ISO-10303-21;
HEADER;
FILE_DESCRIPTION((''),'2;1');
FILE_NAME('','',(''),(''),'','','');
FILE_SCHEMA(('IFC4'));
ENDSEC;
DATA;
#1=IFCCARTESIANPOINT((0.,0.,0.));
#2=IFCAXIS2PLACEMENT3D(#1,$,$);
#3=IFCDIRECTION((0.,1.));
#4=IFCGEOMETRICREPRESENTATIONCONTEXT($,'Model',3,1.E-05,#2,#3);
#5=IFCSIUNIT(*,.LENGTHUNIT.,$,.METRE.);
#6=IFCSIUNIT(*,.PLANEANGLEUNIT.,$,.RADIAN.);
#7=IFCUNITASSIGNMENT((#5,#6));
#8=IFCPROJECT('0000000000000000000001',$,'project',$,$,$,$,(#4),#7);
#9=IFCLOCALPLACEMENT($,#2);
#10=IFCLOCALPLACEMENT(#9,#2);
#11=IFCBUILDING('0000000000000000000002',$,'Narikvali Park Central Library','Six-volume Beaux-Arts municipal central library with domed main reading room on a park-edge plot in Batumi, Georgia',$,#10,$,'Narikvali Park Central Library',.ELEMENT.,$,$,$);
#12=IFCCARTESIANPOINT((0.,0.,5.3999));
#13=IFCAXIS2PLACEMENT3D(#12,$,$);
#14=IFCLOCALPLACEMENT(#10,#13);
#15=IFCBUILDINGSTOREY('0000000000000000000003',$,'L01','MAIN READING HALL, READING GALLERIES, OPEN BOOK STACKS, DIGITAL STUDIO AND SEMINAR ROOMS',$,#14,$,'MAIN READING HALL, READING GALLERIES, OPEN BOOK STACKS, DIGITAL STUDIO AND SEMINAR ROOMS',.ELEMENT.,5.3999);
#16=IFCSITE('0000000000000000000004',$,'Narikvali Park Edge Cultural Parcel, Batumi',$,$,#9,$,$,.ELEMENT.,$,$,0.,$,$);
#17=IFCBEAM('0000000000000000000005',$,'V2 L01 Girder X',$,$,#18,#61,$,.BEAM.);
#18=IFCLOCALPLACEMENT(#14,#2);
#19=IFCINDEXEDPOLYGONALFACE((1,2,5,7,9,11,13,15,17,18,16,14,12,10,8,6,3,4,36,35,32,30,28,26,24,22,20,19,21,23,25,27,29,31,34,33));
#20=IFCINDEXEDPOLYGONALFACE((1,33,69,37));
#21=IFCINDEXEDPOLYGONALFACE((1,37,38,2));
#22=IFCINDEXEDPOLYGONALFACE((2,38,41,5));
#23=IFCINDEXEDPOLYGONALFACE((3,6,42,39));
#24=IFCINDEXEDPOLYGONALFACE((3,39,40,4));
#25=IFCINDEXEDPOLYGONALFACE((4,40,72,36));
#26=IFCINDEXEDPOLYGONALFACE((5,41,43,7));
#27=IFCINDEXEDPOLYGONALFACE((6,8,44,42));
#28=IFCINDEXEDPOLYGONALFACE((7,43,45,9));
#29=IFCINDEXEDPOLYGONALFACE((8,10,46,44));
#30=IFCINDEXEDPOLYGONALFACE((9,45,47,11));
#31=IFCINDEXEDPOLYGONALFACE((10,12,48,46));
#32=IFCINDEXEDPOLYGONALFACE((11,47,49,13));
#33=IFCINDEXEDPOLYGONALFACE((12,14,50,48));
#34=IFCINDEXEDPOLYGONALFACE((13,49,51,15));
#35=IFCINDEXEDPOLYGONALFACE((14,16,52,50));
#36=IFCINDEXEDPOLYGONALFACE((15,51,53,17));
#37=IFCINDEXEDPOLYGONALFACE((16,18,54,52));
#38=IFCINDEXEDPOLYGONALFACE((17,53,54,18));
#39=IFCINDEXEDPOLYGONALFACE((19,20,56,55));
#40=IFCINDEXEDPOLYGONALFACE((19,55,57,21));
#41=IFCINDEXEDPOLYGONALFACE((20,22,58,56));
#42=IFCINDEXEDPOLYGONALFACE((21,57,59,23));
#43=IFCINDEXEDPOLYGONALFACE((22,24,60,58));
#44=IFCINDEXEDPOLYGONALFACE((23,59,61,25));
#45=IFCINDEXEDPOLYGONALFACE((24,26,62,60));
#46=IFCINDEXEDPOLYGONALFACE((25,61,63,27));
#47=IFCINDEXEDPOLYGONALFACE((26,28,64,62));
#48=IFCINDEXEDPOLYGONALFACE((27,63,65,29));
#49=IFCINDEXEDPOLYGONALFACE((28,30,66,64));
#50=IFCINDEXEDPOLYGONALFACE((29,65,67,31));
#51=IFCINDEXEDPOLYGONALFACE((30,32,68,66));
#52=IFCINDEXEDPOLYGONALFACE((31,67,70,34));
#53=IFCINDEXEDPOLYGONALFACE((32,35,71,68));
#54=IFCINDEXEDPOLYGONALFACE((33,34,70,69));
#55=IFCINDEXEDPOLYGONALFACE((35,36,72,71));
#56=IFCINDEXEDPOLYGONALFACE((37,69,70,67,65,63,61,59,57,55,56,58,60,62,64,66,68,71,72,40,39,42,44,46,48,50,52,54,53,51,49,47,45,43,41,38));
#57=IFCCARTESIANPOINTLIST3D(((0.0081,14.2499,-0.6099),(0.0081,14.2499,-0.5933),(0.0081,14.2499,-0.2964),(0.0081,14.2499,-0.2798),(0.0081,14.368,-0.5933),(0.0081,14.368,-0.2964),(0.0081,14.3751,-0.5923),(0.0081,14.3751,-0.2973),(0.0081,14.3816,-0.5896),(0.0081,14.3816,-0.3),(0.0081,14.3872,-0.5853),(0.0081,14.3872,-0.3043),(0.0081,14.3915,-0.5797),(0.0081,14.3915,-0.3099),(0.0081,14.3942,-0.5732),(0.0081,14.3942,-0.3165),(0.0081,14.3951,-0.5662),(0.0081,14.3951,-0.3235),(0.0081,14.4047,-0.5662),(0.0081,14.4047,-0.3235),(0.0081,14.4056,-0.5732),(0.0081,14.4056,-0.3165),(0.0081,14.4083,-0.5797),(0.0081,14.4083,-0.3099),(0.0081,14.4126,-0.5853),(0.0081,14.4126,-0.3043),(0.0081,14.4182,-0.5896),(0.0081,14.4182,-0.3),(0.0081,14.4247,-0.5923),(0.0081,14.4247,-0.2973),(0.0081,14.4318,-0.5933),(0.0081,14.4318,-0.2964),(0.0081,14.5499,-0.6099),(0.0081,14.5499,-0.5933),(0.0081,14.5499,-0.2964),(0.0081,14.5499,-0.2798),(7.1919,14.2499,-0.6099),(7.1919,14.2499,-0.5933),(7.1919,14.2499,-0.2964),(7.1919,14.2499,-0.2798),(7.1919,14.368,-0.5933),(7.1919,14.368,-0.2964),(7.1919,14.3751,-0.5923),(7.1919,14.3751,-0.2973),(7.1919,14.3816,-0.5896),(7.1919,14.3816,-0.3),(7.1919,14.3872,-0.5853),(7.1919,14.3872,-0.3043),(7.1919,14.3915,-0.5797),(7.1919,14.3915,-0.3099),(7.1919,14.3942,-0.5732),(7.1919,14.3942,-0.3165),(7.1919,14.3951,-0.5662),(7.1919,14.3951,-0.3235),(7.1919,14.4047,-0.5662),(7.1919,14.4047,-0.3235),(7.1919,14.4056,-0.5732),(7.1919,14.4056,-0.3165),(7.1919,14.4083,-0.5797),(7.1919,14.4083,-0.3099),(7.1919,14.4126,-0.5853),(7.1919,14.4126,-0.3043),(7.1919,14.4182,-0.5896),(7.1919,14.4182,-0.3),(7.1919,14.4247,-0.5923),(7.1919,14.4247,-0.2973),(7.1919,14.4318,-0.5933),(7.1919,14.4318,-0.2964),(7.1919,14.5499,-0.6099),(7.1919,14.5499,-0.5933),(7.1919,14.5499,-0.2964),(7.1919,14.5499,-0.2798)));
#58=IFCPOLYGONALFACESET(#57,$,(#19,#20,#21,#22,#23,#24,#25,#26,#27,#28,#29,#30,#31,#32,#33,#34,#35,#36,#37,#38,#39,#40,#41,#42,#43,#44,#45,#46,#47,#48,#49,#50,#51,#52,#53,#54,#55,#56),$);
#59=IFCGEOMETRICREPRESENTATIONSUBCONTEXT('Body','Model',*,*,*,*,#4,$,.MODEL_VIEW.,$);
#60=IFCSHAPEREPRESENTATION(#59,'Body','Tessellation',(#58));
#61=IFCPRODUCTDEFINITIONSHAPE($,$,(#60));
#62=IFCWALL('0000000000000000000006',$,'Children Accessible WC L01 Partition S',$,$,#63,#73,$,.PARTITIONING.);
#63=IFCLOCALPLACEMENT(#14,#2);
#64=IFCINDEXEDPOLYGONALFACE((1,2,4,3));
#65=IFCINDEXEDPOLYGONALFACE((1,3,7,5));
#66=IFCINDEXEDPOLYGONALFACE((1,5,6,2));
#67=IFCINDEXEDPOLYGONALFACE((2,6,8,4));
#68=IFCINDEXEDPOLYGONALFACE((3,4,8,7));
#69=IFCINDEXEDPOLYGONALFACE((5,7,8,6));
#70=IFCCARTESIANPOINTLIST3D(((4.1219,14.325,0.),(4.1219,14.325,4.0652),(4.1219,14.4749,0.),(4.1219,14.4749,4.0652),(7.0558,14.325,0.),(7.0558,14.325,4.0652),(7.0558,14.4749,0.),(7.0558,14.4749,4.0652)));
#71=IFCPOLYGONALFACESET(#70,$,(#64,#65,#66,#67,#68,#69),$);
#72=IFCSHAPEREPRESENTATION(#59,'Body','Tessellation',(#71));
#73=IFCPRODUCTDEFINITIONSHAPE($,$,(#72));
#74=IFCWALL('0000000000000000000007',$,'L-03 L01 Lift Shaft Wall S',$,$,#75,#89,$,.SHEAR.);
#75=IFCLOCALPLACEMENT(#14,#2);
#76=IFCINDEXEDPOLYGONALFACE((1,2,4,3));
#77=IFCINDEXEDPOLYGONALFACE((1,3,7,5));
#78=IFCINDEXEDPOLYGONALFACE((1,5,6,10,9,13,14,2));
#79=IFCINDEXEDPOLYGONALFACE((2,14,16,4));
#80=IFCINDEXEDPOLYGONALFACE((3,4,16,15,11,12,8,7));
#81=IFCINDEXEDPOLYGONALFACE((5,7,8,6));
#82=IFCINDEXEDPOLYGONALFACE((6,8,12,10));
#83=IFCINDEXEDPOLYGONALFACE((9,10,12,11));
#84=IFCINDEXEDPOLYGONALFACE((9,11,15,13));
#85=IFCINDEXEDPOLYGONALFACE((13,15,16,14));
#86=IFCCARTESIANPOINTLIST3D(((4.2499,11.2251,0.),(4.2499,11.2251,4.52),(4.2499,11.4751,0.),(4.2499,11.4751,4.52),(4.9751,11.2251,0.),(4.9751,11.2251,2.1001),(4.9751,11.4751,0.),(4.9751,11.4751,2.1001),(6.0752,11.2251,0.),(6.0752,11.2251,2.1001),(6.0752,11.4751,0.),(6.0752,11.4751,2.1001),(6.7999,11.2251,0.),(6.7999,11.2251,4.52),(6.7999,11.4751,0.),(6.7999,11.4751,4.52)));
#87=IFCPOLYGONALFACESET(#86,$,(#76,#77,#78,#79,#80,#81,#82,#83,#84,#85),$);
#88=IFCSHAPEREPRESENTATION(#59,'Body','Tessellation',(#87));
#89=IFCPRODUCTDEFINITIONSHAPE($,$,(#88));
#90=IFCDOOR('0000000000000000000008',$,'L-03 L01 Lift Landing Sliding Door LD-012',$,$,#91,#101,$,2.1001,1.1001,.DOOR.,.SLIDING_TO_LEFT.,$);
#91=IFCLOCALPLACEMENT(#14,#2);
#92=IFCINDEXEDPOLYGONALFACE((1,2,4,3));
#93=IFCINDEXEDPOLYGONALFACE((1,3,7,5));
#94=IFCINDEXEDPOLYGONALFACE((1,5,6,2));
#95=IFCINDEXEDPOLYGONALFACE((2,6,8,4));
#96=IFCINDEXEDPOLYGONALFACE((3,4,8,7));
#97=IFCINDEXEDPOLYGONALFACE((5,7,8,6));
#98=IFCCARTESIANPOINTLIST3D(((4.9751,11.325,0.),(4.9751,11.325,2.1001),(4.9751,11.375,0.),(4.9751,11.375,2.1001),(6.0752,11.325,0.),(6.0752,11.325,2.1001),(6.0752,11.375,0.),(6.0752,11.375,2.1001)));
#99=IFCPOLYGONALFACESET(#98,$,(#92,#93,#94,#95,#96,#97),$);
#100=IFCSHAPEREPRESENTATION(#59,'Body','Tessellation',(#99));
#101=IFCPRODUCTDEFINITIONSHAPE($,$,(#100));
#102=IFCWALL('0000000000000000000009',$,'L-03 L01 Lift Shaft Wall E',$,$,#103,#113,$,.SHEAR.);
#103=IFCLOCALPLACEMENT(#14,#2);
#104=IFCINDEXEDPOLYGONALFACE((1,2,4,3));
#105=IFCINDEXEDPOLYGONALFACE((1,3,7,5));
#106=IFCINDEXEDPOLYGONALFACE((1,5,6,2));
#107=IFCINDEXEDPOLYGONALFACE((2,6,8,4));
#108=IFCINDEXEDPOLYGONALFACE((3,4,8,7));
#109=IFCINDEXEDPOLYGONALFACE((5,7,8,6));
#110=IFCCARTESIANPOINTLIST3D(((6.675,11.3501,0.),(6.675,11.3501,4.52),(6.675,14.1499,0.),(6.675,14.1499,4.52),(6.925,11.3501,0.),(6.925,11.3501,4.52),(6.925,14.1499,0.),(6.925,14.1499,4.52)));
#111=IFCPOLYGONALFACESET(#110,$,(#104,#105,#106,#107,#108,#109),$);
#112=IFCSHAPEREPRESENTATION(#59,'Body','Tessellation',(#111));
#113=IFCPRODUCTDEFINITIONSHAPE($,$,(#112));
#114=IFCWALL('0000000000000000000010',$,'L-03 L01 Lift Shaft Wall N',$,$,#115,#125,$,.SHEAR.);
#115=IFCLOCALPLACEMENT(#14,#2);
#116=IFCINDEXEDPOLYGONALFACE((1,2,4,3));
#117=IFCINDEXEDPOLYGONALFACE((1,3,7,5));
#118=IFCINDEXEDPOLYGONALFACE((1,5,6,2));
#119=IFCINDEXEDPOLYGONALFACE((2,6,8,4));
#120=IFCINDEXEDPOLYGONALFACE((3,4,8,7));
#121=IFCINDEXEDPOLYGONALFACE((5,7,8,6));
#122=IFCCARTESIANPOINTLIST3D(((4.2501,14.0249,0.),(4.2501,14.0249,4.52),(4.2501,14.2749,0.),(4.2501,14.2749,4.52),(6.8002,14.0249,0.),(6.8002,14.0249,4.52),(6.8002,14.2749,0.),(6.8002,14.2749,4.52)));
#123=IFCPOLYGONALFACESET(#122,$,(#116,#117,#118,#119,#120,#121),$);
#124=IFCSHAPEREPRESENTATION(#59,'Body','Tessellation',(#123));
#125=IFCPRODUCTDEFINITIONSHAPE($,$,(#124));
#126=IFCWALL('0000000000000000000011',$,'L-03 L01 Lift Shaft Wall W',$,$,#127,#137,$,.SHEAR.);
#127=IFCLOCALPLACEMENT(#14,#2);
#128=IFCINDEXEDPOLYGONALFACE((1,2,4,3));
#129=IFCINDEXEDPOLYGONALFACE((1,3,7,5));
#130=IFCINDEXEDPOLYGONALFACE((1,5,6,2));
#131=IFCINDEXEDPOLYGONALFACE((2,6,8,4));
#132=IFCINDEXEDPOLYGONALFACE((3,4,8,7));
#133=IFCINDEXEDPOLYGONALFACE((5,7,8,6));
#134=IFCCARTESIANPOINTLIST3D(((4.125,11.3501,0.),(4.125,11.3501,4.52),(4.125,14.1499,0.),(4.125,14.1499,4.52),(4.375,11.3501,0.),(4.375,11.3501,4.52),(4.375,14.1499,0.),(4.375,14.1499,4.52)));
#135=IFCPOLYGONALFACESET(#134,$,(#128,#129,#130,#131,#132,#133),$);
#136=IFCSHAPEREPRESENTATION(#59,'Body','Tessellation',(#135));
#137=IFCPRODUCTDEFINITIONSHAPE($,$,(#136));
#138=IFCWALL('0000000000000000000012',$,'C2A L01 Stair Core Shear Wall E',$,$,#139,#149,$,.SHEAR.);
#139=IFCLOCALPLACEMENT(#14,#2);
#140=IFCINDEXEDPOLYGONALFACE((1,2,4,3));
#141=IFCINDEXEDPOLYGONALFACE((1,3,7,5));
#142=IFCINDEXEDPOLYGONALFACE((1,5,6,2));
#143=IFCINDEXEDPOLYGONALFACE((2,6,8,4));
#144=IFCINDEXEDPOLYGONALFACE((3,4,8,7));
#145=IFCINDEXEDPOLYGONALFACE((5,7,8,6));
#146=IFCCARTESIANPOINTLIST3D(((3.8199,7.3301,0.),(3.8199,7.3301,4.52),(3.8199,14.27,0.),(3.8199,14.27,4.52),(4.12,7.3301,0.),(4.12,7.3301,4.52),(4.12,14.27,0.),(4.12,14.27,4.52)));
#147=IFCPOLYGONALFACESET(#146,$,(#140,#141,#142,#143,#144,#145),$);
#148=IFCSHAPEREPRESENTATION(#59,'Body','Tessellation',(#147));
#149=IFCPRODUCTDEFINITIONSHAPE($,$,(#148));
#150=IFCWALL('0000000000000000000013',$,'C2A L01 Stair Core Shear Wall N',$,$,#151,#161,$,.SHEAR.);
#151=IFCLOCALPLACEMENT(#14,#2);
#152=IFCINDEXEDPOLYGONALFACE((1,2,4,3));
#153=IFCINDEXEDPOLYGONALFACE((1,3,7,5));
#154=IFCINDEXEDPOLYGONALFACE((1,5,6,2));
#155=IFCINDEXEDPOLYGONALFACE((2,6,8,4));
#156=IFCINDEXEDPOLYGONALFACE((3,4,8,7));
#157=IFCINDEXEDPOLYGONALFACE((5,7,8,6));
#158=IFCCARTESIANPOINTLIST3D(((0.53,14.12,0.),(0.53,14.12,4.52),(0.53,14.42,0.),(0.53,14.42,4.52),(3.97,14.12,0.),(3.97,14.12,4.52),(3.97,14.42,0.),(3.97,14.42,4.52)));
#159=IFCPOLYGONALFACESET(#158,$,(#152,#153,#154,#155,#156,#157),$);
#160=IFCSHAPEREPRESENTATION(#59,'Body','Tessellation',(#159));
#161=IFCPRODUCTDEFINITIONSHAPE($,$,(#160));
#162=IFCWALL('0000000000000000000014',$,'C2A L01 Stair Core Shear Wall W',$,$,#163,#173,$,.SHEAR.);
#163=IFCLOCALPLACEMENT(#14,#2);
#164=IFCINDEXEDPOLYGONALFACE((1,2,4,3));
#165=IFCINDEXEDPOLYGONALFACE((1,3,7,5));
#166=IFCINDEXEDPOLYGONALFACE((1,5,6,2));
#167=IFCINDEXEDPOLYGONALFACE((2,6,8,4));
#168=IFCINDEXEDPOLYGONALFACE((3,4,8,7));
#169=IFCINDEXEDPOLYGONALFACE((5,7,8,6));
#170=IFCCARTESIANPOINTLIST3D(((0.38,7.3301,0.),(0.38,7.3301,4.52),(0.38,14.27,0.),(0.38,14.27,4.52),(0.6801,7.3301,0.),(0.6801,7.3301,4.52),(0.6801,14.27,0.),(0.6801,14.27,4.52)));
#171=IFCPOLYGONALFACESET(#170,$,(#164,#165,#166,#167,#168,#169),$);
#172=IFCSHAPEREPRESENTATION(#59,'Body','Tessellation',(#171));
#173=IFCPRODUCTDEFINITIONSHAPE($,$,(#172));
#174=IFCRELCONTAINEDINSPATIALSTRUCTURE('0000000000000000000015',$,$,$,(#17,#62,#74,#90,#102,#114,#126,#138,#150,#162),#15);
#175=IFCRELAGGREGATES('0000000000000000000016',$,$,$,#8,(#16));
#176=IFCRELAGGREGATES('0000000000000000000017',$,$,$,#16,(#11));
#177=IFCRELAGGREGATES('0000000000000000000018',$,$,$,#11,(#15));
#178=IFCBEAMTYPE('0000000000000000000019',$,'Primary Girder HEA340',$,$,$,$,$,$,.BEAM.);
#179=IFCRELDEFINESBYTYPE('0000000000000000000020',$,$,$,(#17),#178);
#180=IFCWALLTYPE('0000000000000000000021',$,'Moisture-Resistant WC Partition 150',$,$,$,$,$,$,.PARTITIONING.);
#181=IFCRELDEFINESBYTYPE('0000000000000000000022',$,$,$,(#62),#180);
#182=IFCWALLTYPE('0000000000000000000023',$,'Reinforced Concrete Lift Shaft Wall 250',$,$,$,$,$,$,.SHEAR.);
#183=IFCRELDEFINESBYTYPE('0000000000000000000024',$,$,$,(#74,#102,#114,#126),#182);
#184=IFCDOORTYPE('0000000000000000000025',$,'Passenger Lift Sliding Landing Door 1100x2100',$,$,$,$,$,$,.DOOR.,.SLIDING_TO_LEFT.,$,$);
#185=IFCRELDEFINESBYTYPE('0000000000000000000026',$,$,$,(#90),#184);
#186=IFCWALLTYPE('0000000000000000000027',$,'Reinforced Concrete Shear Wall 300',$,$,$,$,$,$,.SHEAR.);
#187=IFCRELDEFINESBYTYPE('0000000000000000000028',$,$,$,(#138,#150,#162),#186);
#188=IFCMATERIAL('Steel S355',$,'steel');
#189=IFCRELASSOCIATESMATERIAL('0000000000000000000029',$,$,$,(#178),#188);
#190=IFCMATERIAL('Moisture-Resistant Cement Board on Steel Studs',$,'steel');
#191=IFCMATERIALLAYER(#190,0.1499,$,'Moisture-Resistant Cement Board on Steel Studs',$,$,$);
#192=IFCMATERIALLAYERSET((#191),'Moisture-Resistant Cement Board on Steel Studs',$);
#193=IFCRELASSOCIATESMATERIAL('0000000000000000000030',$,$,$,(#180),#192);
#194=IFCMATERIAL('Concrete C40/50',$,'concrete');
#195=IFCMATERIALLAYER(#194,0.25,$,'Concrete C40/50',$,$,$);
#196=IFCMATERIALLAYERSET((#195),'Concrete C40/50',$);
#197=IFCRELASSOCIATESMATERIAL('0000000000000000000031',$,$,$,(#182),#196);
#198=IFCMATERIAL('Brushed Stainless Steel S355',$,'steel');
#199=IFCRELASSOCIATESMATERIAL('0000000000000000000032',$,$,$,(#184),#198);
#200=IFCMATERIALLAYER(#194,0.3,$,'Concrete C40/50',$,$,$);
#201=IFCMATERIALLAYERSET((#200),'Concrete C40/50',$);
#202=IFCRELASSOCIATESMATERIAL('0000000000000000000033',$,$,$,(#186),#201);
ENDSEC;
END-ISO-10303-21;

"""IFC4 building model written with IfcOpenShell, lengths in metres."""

from ifc_helpers import new_model, si_unit, direction, frame, frame_2d, origin, origin_2d, place, context, subcontext, project, spatial, rectangle, i_section, extrude, material, layer, layer_set, material_profile, profile_set, type_object, element, fill, save


model = new_model("IFC4")

# Units and contexts
model_context = context("Model", 3, precision=1e-05, world=origin(), true_north=direction((0.0, 1.0)))
body_context = subcontext(model_context, "Body", "Model", "MODEL_VIEW")
ifc_project = project(units=[si_unit("LENGTHUNIT", "METRE"), si_unit("PLANEANGLEUNIT", "RADIAN")], contexts=[model_context])

# Site, building, storey
site_placement = place(None, origin())
site = spatial("IfcSite", under=ifc_project, at=site_placement, Name="Narikvali Park Edge Cultural Parcel, Batumi", CompositionType="ELEMENT", RefElevation=0.0)
building_placement = place(site_placement, origin())
building = spatial("IfcBuilding", under=site, at=building_placement, Name="Narikvali Park Central Library", Description="Six-volume Beaux-Arts municipal central library with domed main reading room on a park-edge plot in Batumi, Georgia", LongName="Narikvali Park Central Library", CompositionType="ELEMENT")
storey_placement = place(building_placement, frame((0.0, 0.0, 5.3999)))
storey = spatial("IfcBuildingStorey", under=building, at=storey_placement, Name="L01", Description="MAIN READING HALL, READING GALLERIES, OPEN BOOK STACKS, DIGITAL STUDIO AND SEMINAR ROOMS", LongName="MAIN READING HALL, READING GALLERIES, OPEN BOOK STACKS, DIGITAL STUDIO AND SEMINAR ROOMS", CompositionType="ELEMENT", Elevation=5.3999)

# Shared definitions
ifc_material_1 = material(Name="Steel S355", Category="steel")

# Beam
ifc_material_profile_1 = material_profile(ifc_material_1, i_section(OverallWidth=0.3, OverallDepth=0.3301, WebThickness=0.0095, FlangeThickness=0.0166, FilletRadius=0.0271, at=origin_2d()), Name="HEA 340")
ifc_profile_set_1 = profile_set([ifc_material_profile_1], Name="Steel S355")
beam_type_1 = type_object("IfcBeamType", Name="Primary Girder HEA340", PredefinedType="BEAM", material=ifc_profile_set_1)
beam_placement = place(storey_placement, frame((0.0081, 14.3999, -0.4448), z_axis=(1.0, 0.0, 0.0), x_axis=(0.0, 1.0, 0.0)))
element("IfcBeam", 1, at=beam_placement, inside=storey, type_object=beam_type_1, Name="V2 L01 Girder X", PredefinedType="BEAM", context=body_context, shape_type="SweptSolid", body=[
    extrude(i_section(OverallWidth=0.3, OverallDepth=0.3301, WebThickness=0.0095, FlangeThickness=0.0166, FilletRadius=0.0271, at=origin_2d()), origin(), (0.0, 0.0, 1.0), 7.1838),
])

# Wall
ifc_material_2 = material(Name="Moisture-Resistant Cement Board on Steel Studs", Category="steel")
ifc_layer_1 = layer(ifc_material_2, 0.1499, Name="Moisture-Resistant Cement Board on Steel Studs")
ifc_layer_set_1 = layer_set([ifc_layer_1], Name="Moisture-Resistant Cement Board on Steel Studs")
wall_type_1 = type_object("IfcWallType", Name="Moisture-Resistant WC Partition 150", PredefinedType="PARTITIONING", material=ifc_layer_set_1)
wall_1_placement = place(storey_placement, frame((4.1221, 14.3999, 0.0), z_axis=(0.0, 0.0, 1.0), x_axis=(1.0, 0.0, 0.0)))
element("IfcWall", 2, at=wall_1_placement, inside=storey, type_object=wall_type_1, Name="Children Accessible WC L01 Partition S", PredefinedType="PARTITIONING", context=body_context, shape_type="SweptSolid", body=[
    extrude(rectangle(XDim=2.9338, YDim=0.1499, at=frame_2d((1.4668, 0.0))), origin(), (0.0, 0.0, 1.0), 4.0652),
])

# Wall, opening, door
ifc_material_3 = material(Name="Concrete C40/50", Category="concrete")
ifc_layer_2 = layer(ifc_material_3, 0.25, Name="Concrete C40/50")
ifc_layer_set_2 = layer_set([ifc_layer_2], Name="Concrete C40/50")
wall_type_2 = type_object("IfcWallType", Name="Reinforced Concrete Lift Shaft Wall 250", PredefinedType="SHEAR", material=ifc_layer_set_2)
wall_2_placement = place(storey_placement, frame((4.25, 11.3501, 0.0), z_axis=(0.0, 0.0, 1.0), x_axis=(1.0, 0.0, 0.0)))
wall_2 = element("IfcWall", 3, at=wall_2_placement, inside=storey, type_object=wall_type_2, Name="L-03 L01 Lift Shaft Wall S", PredefinedType="SHEAR", context=body_context, shape_type="SweptSolid", body=[
    extrude(rectangle(XDim=2.55, YDim=0.25, at=frame_2d((1.2749, 0.0))), origin(), (0.0, 0.0, 1.0), 4.52),
])
opening_1_placement = place(wall_2_placement, frame((0.7251, 0.0, 0.0)))
opening_1 = element("IfcOpeningElement", 4, at=opening_1_placement, cuts=wall_2, PredefinedType="OPENING", context=body_context, shape_type="SweptSolid", body=[
    extrude(rectangle(XDim=1.1001, YDim=2.1001, at=frame_2d((0.55, 1.05))), frame((0.0, 0.137, 0.0), z_axis=(0.0, -1.0, 0.0), x_axis=(1.0, 0.0, 0.0)), (0.0, 0.0, 1.0), 0.2739),
])
ifc_material_4 = material(Name="Brushed Stainless Steel S355", Category="steel")
door_type_1 = type_object("IfcDoorType", Name="Passenger Lift Sliding Landing Door 1100x2100", OperationType="SLIDING_TO_LEFT", PredefinedType="DOOR", material=ifc_material_4)
door_1_placement = place(opening_1_placement, origin())
door_1 = element("IfcDoor", 5, at=door_1_placement, inside=storey, type_object=door_type_1, Name="L-03 L01 Lift Landing Sliding Door LD-012", OperationType="SLIDING_TO_LEFT", OverallHeight=2.1001, OverallWidth=1.1001, PredefinedType="DOOR", context=body_context, shape_type="SweptSolid", body=[
    extrude(rectangle(XDim=1.1001, YDim=2.1001, at=frame_2d((0.55, 1.05))), frame((0.0, 0.0249, 0.0), z_axis=(0.0, -1.0, 0.0), x_axis=(1.0, 0.0, 0.0)), (0.0, 0.0, 1.0), 0.05),
])
fill(opening_1, door_1)

# Walls
wall_3_placement = place(storey_placement, frame((6.8, 11.3501, 0.0), z_axis=(0.0, 0.0, 1.0), x_axis=(0.0, 1.0, 0.0)))
element("IfcWall", 6, at=wall_3_placement, inside=storey, type_object=wall_type_2, Name="L-03 L01 Lift Shaft Wall E", PredefinedType="SHEAR", context=body_context, shape_type="SweptSolid", body=[
    extrude(rectangle(XDim=2.7998, YDim=0.25, at=frame_2d((1.3999, 0.0))), origin(), (0.0, 0.0, 1.0), 4.52),
])
wall_4_placement = place(storey_placement, frame((6.8, 14.1499, 0.0), z_axis=(0.0, 0.0, 1.0), x_axis=(-1.0, 0.0, 0.0)))
element("IfcWall", 7, at=wall_4_placement, inside=storey, type_object=wall_type_2, Name="L-03 L01 Lift Shaft Wall N", PredefinedType="SHEAR", context=body_context, shape_type="SweptSolid", body=[
    extrude(rectangle(XDim=2.55, YDim=0.25, at=frame_2d((1.2749, 0.0))), origin(), (0.0, 0.0, 1.0), 4.52),
])
wall_5_placement = place(storey_placement, frame((4.25, 14.1499, 0.0), z_axis=(0.0, 0.0, 1.0), x_axis=(0.0, -1.0, 0.0)))
element("IfcWall", 8, at=wall_5_placement, inside=storey, type_object=wall_type_2, Name="L-03 L01 Lift Shaft Wall W", PredefinedType="SHEAR", context=body_context, shape_type="SweptSolid", body=[
    extrude(rectangle(XDim=2.7998, YDim=0.25, at=frame_2d((1.3999, 0.0))), origin(), (0.0, 0.0, 1.0), 4.52),
])

# Shared definitions
ifc_layer_3 = layer(ifc_material_3, 0.3, Name="Concrete C40/50")
ifc_layer_set_3 = layer_set([ifc_layer_3], Name="Concrete C40/50")
wall_type_3 = type_object("IfcWallType", Name="Reinforced Concrete Shear Wall 300", PredefinedType="SHEAR", material=ifc_layer_set_3)

# Walls
wall_6_placement = place(storey_placement, frame((3.97, 7.3301, 0.0), z_axis=(0.0, 0.0, 1.0), x_axis=(0.0, 1.0, 0.0)))
element("IfcWall", 9, at=wall_6_placement, inside=storey, type_object=wall_type_3, Name="C2A L01 Stair Core Shear Wall E", PredefinedType="SHEAR", context=body_context, shape_type="SweptSolid", body=[
    extrude(rectangle(XDim=6.9399, YDim=0.3, at=frame_2d((3.47, 0.0))), origin(), (0.0, 0.0, 1.0), 4.52),
])
wall_7_placement = place(storey_placement, frame((3.97, 14.27, 0.0), z_axis=(0.0, 0.0, 1.0), x_axis=(-1.0, 0.0, 0.0)))
element("IfcWall", 10, at=wall_7_placement, inside=storey, type_object=wall_type_3, Name="C2A L01 Stair Core Shear Wall N", PredefinedType="SHEAR", context=body_context, shape_type="SweptSolid", body=[
    extrude(rectangle(XDim=3.4399, YDim=0.3, at=frame_2d((1.72, 0.0))), origin(), (0.0, 0.0, 1.0), 4.52),
])
wall_8_placement = place(storey_placement, frame((0.53, 14.27, 0.0), z_axis=(0.0, 0.0, 1.0), x_axis=(0.0, -1.0, 0.0)))
element("IfcWall", 11, at=wall_8_placement, inside=storey, type_object=wall_type_3, Name="C2A L01 Stair Core Shear Wall W", PredefinedType="SHEAR", context=body_context, shape_type="SweptSolid", body=[
    extrude(rectangle(XDim=6.9399, YDim=0.3, at=frame_2d((3.47, 0.0))), origin(), (0.0, 0.0, 1.0), 4.52),
])

save(model, "model.ifc")
